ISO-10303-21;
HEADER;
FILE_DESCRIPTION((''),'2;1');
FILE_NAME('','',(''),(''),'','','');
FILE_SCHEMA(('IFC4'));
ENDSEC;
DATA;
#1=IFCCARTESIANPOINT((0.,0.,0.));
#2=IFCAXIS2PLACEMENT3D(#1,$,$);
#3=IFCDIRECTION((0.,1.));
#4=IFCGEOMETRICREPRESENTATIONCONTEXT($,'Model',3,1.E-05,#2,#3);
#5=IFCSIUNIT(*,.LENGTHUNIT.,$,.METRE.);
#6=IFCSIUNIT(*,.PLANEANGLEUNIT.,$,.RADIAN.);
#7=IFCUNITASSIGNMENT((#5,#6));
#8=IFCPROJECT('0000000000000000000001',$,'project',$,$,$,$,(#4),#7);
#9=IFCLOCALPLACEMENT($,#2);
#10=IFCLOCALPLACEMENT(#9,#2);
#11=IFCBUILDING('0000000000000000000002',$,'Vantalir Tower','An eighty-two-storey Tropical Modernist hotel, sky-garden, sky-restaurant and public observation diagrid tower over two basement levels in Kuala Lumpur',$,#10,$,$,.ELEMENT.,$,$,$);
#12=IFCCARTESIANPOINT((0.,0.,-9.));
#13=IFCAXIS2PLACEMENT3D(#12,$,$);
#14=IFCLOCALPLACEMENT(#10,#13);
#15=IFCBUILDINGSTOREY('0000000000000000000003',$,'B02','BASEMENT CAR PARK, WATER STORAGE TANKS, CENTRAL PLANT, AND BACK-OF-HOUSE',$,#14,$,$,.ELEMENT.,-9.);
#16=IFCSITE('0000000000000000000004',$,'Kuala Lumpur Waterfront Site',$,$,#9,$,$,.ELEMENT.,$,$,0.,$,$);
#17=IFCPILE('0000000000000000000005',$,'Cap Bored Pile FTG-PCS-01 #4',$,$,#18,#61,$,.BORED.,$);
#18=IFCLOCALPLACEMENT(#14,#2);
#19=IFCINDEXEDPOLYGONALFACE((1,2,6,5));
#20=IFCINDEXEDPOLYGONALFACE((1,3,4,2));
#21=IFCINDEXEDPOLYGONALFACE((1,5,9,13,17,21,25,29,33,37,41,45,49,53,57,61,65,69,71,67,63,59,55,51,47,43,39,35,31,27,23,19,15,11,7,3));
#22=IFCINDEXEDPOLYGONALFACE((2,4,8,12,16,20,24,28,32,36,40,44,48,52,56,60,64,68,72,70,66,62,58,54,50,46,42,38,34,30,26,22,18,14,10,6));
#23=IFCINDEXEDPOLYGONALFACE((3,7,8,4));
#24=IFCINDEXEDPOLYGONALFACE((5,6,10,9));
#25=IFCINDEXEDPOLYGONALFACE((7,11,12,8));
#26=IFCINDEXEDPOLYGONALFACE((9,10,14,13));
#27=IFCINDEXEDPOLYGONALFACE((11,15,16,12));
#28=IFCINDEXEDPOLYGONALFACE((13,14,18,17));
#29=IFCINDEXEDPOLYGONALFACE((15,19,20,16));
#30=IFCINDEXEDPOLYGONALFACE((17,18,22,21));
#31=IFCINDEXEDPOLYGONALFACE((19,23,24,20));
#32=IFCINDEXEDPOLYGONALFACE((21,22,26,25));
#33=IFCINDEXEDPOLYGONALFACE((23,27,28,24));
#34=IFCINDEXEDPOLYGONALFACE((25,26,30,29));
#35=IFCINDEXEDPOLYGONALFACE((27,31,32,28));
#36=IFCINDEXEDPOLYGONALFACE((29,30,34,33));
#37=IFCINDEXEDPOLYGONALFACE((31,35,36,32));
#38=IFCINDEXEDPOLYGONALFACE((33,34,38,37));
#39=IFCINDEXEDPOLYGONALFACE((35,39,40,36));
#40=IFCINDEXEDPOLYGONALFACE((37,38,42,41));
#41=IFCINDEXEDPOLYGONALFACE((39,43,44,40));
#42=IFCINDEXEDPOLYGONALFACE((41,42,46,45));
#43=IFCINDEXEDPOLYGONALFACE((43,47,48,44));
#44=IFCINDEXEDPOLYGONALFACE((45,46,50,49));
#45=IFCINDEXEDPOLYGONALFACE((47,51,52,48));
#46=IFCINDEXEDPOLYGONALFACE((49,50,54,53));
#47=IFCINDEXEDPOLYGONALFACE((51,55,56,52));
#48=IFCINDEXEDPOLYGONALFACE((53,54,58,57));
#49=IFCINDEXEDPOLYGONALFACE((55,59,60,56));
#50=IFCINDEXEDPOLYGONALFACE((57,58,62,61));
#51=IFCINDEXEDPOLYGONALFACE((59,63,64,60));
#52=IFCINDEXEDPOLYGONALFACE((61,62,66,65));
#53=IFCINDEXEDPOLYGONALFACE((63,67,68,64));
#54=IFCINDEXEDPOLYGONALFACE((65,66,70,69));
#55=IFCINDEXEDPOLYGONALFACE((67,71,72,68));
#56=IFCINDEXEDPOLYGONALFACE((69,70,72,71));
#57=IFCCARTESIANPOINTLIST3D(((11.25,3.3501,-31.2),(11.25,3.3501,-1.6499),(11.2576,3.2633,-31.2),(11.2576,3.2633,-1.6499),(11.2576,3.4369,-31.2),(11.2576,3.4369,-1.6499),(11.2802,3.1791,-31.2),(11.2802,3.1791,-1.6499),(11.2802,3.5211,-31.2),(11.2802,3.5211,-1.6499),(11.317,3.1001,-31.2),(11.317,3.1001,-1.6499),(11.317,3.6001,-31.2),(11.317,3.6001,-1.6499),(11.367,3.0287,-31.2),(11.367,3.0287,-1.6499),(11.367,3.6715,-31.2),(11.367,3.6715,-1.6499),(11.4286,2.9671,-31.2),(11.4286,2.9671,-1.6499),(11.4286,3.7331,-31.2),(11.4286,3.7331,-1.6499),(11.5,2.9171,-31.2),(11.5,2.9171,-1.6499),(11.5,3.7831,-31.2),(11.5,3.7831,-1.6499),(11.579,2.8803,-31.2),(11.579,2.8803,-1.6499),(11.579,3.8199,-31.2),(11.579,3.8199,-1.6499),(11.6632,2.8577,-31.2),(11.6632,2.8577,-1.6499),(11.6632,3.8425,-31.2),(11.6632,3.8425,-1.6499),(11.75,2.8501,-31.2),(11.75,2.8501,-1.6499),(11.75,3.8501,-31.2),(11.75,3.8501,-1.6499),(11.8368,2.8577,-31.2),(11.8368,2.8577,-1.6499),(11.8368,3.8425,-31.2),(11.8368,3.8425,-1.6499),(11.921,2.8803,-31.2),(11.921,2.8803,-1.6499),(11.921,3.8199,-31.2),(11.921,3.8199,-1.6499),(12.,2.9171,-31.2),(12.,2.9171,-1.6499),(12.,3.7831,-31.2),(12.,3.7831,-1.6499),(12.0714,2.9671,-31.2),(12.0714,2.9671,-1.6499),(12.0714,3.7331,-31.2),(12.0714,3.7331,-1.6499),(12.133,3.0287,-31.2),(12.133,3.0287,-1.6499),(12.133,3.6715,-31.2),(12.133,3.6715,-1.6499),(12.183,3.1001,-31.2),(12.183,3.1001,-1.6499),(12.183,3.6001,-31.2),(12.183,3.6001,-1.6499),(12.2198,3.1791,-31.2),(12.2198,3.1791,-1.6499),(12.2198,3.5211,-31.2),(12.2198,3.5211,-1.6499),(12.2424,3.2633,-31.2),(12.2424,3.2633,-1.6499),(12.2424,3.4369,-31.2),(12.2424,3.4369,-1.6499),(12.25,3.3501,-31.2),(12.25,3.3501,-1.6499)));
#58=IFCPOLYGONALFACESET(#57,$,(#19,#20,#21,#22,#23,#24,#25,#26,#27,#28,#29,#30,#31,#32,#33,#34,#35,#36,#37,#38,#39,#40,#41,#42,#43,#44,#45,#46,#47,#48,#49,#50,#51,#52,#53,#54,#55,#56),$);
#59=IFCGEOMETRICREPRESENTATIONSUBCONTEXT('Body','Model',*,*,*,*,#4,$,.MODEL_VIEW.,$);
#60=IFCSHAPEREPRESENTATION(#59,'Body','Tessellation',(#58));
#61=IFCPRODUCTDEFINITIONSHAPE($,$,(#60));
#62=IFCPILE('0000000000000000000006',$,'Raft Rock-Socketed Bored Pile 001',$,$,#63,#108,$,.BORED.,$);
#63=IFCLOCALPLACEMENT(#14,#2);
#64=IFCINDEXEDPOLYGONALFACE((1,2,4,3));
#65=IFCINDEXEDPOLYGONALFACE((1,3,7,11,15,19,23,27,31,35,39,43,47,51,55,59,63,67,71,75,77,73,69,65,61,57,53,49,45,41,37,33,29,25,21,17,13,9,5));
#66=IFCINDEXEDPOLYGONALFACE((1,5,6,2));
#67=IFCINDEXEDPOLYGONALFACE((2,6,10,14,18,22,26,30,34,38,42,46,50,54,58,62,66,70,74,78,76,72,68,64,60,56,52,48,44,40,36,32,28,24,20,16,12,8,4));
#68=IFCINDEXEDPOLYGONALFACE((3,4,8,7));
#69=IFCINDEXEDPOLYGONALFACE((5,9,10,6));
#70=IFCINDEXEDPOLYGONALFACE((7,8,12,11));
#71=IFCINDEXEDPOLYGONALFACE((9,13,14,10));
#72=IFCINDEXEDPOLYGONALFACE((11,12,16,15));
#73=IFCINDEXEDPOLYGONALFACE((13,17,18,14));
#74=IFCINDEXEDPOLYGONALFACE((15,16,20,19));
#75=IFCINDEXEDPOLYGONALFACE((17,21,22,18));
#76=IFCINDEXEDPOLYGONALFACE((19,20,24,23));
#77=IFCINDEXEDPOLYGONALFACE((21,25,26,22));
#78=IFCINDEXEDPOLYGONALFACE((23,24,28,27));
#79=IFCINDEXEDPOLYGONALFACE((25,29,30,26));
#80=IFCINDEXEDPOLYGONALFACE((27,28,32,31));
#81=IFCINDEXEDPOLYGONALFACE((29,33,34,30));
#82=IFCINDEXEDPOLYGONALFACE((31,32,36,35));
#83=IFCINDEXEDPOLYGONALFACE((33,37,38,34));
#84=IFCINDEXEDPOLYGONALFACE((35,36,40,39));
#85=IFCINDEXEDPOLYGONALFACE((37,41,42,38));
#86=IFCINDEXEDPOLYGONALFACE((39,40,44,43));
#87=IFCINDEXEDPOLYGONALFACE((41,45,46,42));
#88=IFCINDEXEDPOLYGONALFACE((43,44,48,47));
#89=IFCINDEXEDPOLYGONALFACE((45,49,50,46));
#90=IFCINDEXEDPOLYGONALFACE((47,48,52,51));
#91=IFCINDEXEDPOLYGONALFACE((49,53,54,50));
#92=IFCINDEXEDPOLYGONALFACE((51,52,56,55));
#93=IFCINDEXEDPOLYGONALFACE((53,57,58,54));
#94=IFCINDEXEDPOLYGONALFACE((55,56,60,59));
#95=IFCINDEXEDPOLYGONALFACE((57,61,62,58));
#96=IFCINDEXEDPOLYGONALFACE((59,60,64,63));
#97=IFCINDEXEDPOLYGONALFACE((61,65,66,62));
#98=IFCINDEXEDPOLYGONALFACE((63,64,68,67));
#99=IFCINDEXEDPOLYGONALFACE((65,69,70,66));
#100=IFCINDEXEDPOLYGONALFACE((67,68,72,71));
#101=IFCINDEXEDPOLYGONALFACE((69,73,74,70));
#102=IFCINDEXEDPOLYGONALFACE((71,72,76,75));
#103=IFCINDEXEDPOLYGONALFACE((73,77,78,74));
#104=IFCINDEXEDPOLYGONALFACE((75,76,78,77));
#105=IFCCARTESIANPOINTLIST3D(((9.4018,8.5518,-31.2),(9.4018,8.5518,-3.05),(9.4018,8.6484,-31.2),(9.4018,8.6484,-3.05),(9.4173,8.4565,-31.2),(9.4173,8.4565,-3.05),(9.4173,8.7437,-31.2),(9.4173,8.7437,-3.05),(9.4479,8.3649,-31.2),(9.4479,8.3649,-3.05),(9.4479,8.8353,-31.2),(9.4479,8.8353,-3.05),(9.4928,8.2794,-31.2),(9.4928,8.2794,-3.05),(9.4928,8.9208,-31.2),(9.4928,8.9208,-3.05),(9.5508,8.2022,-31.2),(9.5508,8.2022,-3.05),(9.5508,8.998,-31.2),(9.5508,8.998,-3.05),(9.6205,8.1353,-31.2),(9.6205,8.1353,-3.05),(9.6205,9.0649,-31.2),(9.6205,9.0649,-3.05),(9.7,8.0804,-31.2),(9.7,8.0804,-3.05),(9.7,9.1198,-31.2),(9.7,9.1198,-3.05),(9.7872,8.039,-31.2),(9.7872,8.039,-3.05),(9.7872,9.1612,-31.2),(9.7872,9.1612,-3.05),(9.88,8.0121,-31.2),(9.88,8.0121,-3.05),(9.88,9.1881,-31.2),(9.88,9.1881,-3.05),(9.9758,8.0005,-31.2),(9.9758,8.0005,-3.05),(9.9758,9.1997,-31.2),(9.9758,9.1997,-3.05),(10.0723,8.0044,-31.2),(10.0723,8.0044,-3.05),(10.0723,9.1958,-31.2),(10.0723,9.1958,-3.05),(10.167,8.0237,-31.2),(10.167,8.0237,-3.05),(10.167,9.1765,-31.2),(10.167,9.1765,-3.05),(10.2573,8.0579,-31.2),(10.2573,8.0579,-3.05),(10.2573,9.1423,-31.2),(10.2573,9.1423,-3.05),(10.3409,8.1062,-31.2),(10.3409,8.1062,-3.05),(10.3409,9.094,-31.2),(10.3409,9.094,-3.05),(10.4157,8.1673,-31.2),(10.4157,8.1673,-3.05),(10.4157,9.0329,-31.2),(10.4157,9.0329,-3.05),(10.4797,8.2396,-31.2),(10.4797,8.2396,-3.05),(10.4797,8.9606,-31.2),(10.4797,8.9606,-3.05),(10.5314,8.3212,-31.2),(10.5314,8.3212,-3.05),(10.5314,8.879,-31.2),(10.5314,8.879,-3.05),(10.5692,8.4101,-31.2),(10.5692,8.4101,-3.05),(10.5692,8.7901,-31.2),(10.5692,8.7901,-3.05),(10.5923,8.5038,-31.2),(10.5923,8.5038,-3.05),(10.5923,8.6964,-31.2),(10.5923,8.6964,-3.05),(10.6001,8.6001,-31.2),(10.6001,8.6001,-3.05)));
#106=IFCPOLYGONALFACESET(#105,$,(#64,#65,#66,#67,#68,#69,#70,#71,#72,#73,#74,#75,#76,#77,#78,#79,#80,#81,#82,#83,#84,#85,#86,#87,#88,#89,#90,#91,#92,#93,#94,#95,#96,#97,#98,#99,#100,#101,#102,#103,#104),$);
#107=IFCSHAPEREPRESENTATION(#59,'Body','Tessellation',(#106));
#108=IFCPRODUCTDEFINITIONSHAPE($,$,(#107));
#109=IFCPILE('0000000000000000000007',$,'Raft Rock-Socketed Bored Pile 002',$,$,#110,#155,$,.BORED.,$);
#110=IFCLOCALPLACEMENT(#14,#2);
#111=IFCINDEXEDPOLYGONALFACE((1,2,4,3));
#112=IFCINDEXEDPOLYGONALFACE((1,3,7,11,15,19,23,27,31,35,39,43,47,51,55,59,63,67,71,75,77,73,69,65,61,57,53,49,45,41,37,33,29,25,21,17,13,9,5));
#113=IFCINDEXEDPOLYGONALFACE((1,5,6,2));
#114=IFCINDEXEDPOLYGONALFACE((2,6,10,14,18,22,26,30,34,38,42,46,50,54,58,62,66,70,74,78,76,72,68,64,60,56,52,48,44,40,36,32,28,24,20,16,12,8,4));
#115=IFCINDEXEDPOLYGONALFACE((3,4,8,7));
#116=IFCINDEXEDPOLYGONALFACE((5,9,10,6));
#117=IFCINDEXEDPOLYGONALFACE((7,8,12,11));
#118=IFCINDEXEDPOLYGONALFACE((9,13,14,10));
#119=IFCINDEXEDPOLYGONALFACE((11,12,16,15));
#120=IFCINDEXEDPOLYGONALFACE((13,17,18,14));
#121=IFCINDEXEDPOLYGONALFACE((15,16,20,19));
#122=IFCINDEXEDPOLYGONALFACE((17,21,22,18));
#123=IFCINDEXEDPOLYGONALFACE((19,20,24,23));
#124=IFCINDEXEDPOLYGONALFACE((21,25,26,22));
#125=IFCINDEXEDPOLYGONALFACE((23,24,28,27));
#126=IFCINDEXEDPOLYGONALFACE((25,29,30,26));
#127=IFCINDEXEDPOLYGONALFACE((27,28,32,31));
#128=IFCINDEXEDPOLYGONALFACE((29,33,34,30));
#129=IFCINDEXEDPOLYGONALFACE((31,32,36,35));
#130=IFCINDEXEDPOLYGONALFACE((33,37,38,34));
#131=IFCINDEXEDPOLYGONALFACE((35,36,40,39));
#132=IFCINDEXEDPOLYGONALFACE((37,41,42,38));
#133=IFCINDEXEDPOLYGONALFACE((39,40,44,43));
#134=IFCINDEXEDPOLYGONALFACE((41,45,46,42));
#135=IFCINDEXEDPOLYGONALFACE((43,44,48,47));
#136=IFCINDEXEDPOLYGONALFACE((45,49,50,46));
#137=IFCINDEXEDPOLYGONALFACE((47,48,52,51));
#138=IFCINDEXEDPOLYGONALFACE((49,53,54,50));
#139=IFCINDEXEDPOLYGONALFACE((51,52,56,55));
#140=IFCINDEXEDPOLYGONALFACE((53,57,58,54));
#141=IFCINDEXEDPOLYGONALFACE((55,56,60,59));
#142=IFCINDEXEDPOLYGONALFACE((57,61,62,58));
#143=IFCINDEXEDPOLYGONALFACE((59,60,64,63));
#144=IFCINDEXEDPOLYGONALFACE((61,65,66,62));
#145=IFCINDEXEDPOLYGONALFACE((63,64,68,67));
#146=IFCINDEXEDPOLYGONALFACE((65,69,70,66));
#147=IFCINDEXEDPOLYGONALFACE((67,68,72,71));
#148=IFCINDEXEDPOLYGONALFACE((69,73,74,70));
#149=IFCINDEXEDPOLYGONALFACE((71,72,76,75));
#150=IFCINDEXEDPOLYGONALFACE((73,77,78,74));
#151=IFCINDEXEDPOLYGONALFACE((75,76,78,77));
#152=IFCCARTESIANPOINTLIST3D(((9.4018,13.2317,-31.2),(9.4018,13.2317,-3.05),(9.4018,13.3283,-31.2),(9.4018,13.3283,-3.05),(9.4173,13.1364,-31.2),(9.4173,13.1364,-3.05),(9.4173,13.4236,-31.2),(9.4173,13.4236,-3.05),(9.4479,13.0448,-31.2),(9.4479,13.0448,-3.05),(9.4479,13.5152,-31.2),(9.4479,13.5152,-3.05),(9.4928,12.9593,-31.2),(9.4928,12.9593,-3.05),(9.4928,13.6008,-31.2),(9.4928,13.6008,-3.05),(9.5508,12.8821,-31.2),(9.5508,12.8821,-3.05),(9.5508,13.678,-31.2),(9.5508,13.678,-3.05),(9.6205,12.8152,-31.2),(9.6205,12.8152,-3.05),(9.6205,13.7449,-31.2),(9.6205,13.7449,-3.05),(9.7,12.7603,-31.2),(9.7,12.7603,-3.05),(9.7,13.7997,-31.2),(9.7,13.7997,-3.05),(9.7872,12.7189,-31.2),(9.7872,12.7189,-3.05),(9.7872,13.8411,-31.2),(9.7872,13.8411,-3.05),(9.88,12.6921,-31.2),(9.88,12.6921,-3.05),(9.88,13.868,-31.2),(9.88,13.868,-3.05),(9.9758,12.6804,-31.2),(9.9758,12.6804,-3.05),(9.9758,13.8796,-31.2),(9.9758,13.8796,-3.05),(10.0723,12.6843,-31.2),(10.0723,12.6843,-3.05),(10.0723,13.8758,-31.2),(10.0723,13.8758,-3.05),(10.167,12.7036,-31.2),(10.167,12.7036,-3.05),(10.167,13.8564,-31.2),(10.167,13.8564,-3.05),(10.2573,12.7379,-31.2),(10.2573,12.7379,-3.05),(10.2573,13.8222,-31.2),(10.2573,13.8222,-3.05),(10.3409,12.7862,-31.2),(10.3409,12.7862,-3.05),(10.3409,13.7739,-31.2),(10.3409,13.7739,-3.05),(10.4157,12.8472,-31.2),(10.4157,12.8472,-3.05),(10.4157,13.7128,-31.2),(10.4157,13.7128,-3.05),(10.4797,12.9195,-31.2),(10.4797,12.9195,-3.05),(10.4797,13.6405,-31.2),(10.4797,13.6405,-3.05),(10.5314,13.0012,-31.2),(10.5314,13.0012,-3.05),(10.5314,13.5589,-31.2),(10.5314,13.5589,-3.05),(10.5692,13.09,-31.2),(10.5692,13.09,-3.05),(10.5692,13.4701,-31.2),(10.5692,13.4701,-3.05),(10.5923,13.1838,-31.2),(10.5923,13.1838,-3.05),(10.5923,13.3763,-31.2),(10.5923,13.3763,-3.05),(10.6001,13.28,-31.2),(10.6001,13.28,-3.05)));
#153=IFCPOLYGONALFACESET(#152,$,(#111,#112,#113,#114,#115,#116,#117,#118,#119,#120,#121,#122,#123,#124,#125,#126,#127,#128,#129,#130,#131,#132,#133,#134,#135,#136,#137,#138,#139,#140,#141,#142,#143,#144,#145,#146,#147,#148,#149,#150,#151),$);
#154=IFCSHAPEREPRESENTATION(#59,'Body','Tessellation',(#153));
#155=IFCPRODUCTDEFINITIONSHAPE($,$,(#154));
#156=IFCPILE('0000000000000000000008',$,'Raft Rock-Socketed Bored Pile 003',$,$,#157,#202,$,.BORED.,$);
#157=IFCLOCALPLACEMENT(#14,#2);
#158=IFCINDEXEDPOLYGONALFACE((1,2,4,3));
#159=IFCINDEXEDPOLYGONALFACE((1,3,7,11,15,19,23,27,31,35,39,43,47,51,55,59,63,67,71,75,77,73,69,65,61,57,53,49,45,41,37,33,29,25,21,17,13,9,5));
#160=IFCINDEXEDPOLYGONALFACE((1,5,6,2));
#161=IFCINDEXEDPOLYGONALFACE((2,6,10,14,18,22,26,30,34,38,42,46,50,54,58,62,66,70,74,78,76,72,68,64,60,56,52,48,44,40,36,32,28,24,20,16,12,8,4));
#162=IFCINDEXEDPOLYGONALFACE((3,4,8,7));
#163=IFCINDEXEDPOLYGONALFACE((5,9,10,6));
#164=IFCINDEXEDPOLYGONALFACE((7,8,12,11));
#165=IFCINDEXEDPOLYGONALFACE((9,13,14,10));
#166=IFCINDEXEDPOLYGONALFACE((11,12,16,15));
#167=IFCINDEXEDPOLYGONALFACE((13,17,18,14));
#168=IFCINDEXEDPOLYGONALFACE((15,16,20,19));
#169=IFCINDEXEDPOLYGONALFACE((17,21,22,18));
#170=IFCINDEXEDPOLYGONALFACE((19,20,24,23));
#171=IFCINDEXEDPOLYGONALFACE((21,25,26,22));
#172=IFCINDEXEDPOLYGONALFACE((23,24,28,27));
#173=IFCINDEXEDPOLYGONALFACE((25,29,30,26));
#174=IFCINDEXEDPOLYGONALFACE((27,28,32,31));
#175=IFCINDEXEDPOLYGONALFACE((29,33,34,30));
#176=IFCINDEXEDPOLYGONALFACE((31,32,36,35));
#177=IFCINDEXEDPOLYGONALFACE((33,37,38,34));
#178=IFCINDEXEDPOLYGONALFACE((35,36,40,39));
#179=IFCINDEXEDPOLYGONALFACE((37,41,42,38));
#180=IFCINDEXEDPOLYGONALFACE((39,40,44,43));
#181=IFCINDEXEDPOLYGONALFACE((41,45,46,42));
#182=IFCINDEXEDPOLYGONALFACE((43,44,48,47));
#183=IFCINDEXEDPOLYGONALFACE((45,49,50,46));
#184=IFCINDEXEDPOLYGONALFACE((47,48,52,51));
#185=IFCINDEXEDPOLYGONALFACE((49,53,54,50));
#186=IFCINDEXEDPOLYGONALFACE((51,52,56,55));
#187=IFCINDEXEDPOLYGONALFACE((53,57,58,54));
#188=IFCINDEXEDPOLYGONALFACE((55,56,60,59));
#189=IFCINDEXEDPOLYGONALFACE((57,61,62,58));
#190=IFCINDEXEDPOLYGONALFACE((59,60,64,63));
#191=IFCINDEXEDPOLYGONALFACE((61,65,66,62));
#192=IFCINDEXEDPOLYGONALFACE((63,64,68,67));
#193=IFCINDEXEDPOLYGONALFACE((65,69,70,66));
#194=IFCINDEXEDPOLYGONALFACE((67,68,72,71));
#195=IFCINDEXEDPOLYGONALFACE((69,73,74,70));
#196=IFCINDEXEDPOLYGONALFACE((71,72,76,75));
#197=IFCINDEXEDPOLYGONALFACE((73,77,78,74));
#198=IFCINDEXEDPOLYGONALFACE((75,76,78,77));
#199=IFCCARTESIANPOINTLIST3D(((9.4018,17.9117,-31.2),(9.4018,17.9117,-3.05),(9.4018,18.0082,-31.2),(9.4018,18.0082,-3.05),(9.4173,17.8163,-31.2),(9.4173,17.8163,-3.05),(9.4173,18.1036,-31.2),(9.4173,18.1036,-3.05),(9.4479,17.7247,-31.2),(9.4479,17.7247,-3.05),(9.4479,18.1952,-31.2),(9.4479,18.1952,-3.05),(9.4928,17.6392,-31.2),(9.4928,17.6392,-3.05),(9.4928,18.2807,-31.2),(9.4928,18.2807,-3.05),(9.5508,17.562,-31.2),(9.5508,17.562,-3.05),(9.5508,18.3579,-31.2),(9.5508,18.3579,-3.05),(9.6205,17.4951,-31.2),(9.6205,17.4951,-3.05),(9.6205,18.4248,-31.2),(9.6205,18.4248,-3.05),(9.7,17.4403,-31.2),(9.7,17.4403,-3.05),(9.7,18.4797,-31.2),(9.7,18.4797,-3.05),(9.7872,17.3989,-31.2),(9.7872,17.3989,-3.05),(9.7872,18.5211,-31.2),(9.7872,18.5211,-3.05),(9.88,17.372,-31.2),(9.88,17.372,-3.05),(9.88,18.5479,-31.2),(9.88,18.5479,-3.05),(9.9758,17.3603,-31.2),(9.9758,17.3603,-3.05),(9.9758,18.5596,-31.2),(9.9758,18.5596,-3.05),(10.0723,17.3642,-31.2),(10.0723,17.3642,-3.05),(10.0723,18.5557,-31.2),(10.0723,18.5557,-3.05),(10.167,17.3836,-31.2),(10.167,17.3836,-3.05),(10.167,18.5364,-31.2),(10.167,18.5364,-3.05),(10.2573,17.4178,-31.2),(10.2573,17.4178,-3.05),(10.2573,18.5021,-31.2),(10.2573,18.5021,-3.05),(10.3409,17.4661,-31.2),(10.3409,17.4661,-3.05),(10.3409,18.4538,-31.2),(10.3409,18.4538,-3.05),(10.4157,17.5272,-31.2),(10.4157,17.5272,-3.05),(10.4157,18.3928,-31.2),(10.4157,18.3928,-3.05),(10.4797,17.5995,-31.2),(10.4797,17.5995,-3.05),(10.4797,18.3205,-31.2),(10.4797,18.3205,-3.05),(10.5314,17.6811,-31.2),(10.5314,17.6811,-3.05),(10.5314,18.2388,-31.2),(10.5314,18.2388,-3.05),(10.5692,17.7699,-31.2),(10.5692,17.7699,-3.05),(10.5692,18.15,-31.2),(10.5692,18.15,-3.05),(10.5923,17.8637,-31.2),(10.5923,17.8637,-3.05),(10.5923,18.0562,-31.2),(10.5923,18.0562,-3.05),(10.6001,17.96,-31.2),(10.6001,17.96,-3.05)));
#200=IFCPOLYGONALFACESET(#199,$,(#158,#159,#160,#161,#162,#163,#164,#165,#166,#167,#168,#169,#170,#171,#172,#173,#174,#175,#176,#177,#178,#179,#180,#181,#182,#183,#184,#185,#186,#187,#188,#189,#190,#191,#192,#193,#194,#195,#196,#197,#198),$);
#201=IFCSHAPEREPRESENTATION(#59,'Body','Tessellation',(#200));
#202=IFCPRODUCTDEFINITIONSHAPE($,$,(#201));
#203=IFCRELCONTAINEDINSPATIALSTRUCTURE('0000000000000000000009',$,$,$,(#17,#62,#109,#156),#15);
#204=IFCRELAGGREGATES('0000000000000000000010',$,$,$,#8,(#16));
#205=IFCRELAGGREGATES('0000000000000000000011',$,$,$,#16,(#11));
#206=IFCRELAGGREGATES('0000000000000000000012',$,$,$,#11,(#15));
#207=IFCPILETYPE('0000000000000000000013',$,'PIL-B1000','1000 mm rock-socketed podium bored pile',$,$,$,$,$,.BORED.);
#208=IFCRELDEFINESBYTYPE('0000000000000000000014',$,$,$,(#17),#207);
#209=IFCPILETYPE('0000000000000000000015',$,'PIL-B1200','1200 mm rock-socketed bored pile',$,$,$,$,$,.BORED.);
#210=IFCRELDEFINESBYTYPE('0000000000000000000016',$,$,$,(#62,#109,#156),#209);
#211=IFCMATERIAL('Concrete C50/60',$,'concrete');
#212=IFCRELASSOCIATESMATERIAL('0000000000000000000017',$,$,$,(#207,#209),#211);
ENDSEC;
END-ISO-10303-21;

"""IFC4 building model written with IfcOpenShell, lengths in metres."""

from ifc_helpers import new_model, si_unit, direction, frame, origin, origin_2d, place, context, subcontext, project, spatial, circle, extrude, material, material_profile, profile_set, type_object, element, save


model = new_model("IFC4")

# Units and contexts
model_context = context("Model", 3, precision=1e-05, world=origin(), true_north=direction((0.0, 1.0)))
body_context = subcontext(model_context, "Body", "Model", "MODEL_VIEW")
ifc_project = project(units=[si_unit("LENGTHUNIT", "METRE"), si_unit("PLANEANGLEUNIT", "RADIAN")], contexts=[model_context])

# Site, building, storey
site_placement = place(None, origin())
site = spatial("IfcSite", under=ifc_project, at=site_placement, Name="Kuala Lumpur Waterfront Site", CompositionType="ELEMENT", RefElevation=0.0)
building_placement = place(site_placement, origin())
building = spatial("IfcBuilding", under=site, at=building_placement, Name="Vantalir Tower", Description="An eighty-two-storey Tropical Modernist hotel, sky-garden, sky-restaurant and public observation diagrid tower over two basement levels in Kuala Lumpur", CompositionType="ELEMENT")
storey_placement = place(building_placement, frame((0.0, 0.0, -9.0)))
storey = spatial("IfcBuildingStorey", under=building, at=storey_placement, Name="B02", Description="BASEMENT CAR PARK, WATER STORAGE TANKS, CENTRAL PLANT, AND BACK-OF-HOUSE", CompositionType="ELEMENT", Elevation=-9.0)

# Shared definitions
ifc_material_1 = material(Name="Concrete C50/60", Category="concrete")

# Piles
ifc_material_profile_1 = material_profile(ifc_material_1, circle(Radius=0.5, at=origin_2d()), Name="Concrete C50/60")
ifc_profile_set_1 = profile_set([ifc_material_profile_1], Name="Concrete C50/60")
pile_type_1 = type_object("IfcPileType", Name="PIL-B1000", Description="1000 mm rock-socketed podium bored pile", PredefinedType="BORED", material=ifc_profile_set_1)
for number, where, z_axis, x_axis, name in (
    (1, (11.75, 3.3501, -1.6499), (0.0, 0.0, -1.0), (1.0, 0.0, 0.0), "Cap Bored Pile FTG-PCS-01 #4"),
):
    element("IfcPile", number, at=place(storey_placement, frame(where, z_axis=z_axis, x_axis=x_axis)), inside=storey, type_object=pile_type_1, Name=name, PredefinedType="BORED", context=body_context, shape_type="SweptSolid", body=[
        extrude(circle(Radius=0.5, at=origin_2d()), origin(), (0.0, 0.0, 1.0), 29.55),
    ])
ifc_material_profile_2 = material_profile(ifc_material_1, circle(Radius=0.6001, at=origin_2d()), Name="Concrete C50/60")
ifc_profile_set_2 = profile_set([ifc_material_profile_2], Name="Concrete C50/60")
pile_type_2 = type_object("IfcPileType", Name="PIL-B1200", Description="1200 mm rock-socketed bored pile", PredefinedType="BORED", material=ifc_profile_set_2)
for number, where, z_axis, x_axis, name in (
    (2, (10.0, 8.6001, -3.05), (0.0, 0.0, -1.0), (1.0, 0.0, 0.0), "Raft Rock-Socketed Bored Pile 001"),
    (3, (10.0, 13.28, -3.05), (0.0, 0.0, -1.0), (1.0, 0.0, 0.0), "Raft Rock-Socketed Bored Pile 002"),
    (4, (10.0, 17.96, -3.05), (0.0, 0.0, -1.0), (1.0, 0.0, 0.0), "Raft Rock-Socketed Bored Pile 003"),
):
    element("IfcPile", number, at=place(storey_placement, frame(where, z_axis=z_axis, x_axis=x_axis)), inside=storey, type_object=pile_type_2, Name=name, PredefinedType="BORED", context=body_context, shape_type="SweptSolid", body=[
        extrude(circle(Radius=0.6001, at=origin_2d()), origin(), (0.0, 0.0, 1.0), 28.1499),
    ])

save(model, "model.ifc")
